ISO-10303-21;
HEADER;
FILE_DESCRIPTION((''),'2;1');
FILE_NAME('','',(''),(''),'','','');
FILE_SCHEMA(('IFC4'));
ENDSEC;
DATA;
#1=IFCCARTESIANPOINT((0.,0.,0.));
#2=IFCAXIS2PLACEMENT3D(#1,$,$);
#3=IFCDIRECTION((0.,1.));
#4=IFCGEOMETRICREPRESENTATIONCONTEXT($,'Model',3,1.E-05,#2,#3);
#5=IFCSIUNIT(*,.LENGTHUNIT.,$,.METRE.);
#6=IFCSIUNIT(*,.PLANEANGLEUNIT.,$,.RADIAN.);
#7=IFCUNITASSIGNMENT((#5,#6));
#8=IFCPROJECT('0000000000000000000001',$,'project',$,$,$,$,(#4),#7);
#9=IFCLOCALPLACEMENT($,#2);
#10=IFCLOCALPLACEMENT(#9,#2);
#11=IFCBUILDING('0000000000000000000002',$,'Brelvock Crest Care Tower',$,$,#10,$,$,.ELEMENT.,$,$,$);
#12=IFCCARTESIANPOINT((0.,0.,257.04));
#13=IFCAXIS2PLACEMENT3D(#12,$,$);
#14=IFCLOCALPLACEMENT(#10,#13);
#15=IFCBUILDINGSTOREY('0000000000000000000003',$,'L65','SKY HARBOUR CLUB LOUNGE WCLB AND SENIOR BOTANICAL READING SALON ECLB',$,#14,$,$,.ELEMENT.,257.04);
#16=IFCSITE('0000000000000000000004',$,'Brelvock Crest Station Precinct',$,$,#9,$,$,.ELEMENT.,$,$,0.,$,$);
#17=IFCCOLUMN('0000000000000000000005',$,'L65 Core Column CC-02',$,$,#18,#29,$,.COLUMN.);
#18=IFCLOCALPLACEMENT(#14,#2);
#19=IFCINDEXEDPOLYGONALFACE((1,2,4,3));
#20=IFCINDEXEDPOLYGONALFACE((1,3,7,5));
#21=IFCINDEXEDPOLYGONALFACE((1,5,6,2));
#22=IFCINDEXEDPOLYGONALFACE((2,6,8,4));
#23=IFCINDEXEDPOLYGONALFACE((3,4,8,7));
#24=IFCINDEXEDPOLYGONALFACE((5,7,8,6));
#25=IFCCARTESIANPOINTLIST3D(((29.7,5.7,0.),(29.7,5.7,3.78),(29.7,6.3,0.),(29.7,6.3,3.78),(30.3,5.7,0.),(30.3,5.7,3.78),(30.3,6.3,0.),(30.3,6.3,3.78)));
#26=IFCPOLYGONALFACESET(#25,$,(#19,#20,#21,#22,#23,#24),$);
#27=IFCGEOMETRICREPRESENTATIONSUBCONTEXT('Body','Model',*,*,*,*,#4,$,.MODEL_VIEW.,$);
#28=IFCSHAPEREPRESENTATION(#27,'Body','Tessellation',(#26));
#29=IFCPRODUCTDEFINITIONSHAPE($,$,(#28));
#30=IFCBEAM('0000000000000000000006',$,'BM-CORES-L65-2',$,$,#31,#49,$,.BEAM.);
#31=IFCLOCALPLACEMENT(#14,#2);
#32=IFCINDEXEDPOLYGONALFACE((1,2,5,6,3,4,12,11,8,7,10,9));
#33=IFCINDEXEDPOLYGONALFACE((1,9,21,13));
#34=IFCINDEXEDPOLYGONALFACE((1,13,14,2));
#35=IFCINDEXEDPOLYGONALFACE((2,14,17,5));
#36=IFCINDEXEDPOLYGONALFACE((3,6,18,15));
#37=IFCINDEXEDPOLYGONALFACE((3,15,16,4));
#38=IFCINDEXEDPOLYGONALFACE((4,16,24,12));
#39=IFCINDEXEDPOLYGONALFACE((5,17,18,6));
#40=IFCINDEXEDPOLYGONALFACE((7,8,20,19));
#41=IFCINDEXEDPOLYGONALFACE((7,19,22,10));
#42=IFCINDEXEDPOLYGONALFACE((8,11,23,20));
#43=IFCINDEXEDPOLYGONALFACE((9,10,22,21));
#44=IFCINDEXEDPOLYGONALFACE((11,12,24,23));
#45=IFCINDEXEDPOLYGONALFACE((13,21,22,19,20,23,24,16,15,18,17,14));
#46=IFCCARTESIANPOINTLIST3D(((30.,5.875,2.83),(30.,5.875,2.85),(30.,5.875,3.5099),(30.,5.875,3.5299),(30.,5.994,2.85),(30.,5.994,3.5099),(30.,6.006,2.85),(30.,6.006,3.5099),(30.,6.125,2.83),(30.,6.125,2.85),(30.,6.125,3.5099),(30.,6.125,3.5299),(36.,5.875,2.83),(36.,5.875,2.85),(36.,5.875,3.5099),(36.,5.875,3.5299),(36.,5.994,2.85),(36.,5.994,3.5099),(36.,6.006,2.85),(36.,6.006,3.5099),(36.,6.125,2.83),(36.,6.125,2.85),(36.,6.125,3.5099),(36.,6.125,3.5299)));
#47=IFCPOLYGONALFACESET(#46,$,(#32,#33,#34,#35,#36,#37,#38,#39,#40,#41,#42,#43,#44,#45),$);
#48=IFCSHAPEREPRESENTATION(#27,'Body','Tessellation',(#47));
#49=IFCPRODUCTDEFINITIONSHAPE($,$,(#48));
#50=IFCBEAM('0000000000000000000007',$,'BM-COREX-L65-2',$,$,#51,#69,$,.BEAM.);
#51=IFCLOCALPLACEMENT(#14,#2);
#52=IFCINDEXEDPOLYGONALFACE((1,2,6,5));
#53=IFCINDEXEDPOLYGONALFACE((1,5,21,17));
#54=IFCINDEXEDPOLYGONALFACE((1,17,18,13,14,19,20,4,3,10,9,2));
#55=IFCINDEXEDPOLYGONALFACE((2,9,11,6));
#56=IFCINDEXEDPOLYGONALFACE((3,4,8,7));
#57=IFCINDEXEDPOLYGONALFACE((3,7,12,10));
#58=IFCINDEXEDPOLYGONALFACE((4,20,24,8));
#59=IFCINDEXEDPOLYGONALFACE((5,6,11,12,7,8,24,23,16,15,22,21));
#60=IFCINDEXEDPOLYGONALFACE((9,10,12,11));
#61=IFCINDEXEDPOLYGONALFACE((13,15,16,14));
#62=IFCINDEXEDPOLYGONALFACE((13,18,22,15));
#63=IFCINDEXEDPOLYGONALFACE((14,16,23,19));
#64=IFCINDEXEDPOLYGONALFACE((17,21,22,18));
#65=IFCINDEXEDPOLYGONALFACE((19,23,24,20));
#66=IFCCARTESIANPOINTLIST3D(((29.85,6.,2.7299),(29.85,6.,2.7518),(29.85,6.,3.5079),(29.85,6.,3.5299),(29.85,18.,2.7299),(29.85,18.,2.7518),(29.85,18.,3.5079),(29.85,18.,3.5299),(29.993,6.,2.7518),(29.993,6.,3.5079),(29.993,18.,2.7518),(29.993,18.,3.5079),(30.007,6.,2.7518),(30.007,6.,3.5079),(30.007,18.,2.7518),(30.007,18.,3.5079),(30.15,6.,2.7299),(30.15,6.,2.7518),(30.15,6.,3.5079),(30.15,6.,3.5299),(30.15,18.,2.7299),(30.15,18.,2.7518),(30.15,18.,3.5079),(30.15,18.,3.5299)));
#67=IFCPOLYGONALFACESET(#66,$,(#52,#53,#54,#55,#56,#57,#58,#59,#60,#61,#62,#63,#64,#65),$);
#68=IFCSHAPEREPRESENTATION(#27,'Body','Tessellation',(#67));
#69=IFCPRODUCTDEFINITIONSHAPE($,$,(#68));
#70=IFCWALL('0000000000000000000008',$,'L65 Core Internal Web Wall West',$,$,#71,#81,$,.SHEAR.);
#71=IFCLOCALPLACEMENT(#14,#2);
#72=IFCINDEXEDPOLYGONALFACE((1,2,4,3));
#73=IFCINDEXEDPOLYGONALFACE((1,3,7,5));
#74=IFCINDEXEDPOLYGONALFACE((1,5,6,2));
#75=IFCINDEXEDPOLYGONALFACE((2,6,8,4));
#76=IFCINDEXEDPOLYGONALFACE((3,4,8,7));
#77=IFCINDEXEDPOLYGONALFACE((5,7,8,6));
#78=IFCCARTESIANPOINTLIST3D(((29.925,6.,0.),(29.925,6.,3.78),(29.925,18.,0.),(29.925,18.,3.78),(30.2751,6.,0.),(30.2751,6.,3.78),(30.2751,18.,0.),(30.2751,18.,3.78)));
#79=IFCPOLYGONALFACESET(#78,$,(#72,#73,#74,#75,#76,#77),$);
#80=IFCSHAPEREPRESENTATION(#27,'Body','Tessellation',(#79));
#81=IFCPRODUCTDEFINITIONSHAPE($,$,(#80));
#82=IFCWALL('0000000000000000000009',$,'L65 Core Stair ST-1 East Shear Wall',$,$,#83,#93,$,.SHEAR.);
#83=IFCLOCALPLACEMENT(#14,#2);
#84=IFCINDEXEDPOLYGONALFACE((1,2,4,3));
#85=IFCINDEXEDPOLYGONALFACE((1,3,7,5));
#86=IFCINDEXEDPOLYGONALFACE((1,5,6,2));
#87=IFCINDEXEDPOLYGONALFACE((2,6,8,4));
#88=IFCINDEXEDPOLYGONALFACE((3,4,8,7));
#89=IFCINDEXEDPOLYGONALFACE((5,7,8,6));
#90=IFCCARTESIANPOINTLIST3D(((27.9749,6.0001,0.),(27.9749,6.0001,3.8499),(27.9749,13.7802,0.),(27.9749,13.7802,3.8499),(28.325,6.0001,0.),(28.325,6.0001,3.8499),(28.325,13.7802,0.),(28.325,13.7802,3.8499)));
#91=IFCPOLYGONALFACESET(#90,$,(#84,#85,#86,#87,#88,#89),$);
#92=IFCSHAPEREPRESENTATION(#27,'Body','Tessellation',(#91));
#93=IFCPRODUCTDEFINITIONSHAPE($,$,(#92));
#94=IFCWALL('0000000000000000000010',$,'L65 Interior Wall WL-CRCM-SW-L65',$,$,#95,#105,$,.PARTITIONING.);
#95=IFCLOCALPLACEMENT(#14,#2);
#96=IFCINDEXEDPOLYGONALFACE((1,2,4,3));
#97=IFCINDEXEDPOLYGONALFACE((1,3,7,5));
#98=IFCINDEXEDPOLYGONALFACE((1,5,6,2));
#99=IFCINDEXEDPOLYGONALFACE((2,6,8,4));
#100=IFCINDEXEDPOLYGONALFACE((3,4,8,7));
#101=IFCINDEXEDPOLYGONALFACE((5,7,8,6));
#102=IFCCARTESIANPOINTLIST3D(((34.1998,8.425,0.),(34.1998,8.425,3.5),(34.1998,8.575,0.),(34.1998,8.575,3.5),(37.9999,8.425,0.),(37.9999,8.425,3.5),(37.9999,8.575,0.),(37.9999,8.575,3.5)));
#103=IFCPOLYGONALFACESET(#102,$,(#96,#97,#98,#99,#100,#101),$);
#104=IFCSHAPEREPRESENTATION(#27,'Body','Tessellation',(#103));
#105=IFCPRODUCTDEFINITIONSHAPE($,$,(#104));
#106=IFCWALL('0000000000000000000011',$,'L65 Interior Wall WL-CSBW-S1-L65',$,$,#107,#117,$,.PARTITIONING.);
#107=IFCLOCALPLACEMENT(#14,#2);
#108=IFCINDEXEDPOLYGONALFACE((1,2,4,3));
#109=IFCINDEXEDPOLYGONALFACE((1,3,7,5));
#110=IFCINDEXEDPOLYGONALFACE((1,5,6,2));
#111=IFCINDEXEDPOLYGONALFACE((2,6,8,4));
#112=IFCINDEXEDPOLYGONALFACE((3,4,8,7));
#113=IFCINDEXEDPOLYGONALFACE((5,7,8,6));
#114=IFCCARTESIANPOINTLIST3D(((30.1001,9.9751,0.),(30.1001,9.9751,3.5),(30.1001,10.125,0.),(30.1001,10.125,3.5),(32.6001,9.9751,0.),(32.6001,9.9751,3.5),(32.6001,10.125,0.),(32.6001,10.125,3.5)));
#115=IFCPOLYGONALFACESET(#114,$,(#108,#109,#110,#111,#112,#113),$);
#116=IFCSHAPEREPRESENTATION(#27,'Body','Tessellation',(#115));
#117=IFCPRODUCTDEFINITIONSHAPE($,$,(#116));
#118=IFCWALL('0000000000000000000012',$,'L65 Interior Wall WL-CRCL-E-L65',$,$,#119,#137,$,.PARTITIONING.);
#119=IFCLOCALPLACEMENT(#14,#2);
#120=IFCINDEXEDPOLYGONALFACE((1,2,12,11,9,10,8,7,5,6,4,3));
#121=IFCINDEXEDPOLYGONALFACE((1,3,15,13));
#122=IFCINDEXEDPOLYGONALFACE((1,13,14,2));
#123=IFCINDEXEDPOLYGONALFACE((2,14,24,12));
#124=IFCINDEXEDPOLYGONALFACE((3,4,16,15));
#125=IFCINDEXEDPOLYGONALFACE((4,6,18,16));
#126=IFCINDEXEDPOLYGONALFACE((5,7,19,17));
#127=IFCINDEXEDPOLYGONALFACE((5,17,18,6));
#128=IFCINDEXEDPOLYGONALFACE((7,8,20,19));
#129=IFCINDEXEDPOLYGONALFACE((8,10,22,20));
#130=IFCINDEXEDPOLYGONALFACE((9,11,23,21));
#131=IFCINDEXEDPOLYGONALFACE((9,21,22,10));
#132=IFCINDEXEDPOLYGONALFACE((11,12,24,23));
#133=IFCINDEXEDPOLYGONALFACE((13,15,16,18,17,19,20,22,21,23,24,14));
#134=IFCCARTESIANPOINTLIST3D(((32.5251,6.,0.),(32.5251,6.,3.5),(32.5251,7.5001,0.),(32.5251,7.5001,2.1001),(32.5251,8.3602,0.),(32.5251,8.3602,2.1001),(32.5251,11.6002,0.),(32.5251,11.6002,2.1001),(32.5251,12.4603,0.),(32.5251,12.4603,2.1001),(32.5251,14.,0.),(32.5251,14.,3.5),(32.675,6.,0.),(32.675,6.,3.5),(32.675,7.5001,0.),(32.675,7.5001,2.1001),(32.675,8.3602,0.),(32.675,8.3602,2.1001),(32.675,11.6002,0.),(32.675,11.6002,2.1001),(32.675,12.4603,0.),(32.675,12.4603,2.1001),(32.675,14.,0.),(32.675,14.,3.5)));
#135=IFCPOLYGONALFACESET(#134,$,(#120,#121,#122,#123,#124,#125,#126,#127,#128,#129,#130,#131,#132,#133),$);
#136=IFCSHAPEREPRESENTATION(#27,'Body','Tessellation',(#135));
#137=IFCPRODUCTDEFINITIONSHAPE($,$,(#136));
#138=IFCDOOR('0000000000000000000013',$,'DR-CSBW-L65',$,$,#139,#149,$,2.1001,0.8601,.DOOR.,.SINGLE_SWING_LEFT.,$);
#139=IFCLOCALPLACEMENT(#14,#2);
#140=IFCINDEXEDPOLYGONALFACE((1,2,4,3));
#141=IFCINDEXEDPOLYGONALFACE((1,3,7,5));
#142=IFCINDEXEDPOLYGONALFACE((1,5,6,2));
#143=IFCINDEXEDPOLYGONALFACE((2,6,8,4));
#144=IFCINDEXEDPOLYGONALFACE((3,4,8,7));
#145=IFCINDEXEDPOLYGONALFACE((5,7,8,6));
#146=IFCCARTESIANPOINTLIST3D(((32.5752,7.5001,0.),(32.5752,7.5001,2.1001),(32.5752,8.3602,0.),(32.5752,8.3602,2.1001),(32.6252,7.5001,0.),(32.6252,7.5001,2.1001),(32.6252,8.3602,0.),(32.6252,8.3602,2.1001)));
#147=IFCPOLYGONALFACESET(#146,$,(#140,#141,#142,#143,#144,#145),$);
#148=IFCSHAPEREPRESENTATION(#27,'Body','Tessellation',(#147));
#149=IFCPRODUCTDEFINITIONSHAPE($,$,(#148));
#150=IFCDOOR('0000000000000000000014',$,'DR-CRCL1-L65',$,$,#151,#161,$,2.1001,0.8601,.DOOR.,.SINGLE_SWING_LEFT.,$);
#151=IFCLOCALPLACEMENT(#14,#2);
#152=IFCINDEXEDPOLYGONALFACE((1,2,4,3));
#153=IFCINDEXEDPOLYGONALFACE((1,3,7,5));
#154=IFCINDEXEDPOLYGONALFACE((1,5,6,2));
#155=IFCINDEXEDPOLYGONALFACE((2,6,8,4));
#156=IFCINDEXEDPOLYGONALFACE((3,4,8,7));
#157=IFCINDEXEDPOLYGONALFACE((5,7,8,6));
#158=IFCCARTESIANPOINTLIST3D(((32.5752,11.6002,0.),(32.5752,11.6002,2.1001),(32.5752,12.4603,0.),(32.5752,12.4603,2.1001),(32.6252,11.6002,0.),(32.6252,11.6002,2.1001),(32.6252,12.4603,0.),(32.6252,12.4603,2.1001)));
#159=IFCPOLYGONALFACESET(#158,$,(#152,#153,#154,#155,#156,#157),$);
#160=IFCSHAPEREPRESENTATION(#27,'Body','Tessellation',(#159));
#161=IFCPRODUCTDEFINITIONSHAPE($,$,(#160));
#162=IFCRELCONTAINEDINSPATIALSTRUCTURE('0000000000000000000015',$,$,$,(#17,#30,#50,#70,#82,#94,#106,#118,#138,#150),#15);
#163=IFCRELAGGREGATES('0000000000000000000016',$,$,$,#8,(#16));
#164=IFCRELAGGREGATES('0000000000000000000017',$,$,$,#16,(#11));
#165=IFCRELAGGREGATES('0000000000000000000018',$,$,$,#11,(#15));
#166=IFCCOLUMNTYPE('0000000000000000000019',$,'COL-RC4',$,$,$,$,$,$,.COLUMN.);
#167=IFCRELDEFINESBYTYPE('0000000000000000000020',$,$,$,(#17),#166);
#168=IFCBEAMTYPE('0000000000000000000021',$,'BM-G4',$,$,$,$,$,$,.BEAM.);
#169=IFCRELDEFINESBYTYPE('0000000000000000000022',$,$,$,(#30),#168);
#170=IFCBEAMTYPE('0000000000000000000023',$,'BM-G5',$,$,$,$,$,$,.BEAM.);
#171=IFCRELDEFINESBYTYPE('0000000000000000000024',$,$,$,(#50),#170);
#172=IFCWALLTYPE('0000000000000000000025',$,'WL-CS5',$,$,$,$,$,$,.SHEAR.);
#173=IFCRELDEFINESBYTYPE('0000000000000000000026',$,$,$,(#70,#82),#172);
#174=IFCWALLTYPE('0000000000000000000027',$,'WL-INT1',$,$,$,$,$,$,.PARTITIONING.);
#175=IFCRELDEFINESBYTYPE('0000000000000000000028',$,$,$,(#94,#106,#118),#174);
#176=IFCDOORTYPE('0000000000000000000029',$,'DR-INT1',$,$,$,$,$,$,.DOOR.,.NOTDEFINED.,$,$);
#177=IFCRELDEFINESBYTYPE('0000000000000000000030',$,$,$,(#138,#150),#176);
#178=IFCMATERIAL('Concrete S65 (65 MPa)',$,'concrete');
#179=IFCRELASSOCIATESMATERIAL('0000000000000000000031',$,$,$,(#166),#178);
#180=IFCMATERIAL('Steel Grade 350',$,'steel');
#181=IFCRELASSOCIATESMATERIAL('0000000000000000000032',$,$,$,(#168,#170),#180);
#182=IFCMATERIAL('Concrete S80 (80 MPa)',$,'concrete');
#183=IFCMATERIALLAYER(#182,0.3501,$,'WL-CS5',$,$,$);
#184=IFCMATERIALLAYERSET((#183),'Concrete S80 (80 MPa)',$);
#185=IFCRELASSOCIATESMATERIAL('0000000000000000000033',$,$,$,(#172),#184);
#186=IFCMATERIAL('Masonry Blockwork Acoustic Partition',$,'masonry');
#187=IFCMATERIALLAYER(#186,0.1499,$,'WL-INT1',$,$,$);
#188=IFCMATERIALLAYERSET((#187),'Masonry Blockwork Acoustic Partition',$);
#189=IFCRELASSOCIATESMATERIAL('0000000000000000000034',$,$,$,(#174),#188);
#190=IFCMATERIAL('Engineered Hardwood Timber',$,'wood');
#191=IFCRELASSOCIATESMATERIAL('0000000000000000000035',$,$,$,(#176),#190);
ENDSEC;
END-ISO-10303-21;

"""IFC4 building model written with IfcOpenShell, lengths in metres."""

from ifc_helpers import new_model, si_unit, direction, frame, frame_2d, origin, origin_2d, place, context, subcontext, project, spatial, rectangle, i_section, extrude, source, transform, mapped, material, layer, layer_set, material_profile, profile_set, type_object, element, fill, save


model = new_model("IFC4")

# Units and contexts
model_context = context("Model", 3, precision=1e-05, world=origin(), true_north=direction((0.0, 1.0)))
body_context = subcontext(model_context, "Body", "Model", "MODEL_VIEW")
ifc_project = project(units=[si_unit("LENGTHUNIT", "METRE"), si_unit("PLANEANGLEUNIT", "RADIAN")], contexts=[model_context])

# Site, building, storey
site_placement = place(None, origin())
site = spatial("IfcSite", under=ifc_project, at=site_placement, Name="Brelvock Crest Station Precinct", CompositionType="ELEMENT", RefElevation=0.0)
building_placement = place(site_placement, origin())
building = spatial("IfcBuilding", under=site, at=building_placement, Name="Brelvock Crest Care Tower", CompositionType="ELEMENT")
storey_placement = place(building_placement, frame((0.0, 0.0, 257.04)))
storey = spatial("IfcBuildingStorey", under=building, at=storey_placement, Name="L65", Description="SKY HARBOUR CLUB LOUNGE WCLB AND SENIOR BOTANICAL READING SALON ECLB", CompositionType="ELEMENT", Elevation=257.04)

# Column
ifc_material_1 = material(Name="Concrete S65 (65 MPa)", Category="concrete")
ifc_material_profile_1 = material_profile(ifc_material_1, rectangle(XDim=0.6001, YDim=0.6001, at=origin_2d()), Name="RC600x600")
ifc_profile_set_1 = profile_set([ifc_material_profile_1], Name="Concrete S65 (65 MPa)")
column_type = type_object("IfcColumnType", Name="COL-RC4", PredefinedType="COLUMN", material=ifc_profile_set_1)
shared_shape_1 = source(origin(), body_context, "Body", "SweptSolid", [
    extrude(rectangle(XDim=0.6001, YDim=0.6001, at=origin_2d()), origin(), (0.0, 0.0, 1.0), 3.78),
])
column_placement = place(storey_placement, frame((30.0, 6.0, 0.0), z_axis=(0.0, 0.0, 1.0), x_axis=(1.0, 0.0, 0.0)))
element("IfcColumn", 1, at=column_placement, inside=storey, type_object=column_type, Name="L65 Core Column CC-02", PredefinedType="COLUMN", context=body_context, shape_type="MappedRepresentation", body=[
    mapped(shared_shape_1, transform((0.0, 0.0, 0.0), x_axis=(1.0, 0.0, 0.0), y_axis=(0.0, 1.0, 0.0), z_axis=(0.0, 0.0, 1.0), scale=1.0)),
])

# Beams
ifc_material_2 = material(Name="Steel Grade 350", Category="steel")
ifc_material_profile_2 = material_profile(ifc_material_2, i_section(OverallWidth=0.25, OverallDepth=0.7, WebThickness=0.012, FlangeThickness=0.02, at=origin_2d()), Name="700WB150")
ifc_profile_set_2 = profile_set([ifc_material_profile_2], Name="Steel Grade 350")
beam_type_1 = type_object("IfcBeamType", Name="BM-G4", PredefinedType="BEAM", material=ifc_profile_set_2)
shared_shape_2 = source(origin(), body_context, "Body", "SweptSolid", [
    extrude(i_section(OverallWidth=0.25, OverallDepth=0.7, WebThickness=0.012, FlangeThickness=0.02, at=origin_2d()), origin(), (0.0, 0.0, 1.0), 6.0),
])
beam_1_placement = place(storey_placement, frame((30.0, 6.0, 3.1799), z_axis=(1.0, 0.0, 0.0), x_axis=(0.0, 1.0, 0.0)))
element("IfcBeam", 2, at=beam_1_placement, inside=storey, type_object=beam_type_1, Name="BM-CORES-L65-2", PredefinedType="BEAM", context=body_context, shape_type="MappedRepresentation", body=[
    mapped(shared_shape_2, transform((0.0, 0.0, 0.0), x_axis=(1.0, 0.0, 0.0), y_axis=(0.0, 1.0, 0.0), z_axis=(0.0, 0.0, 1.0), scale=1.0)),
])
ifc_material_profile_3 = material_profile(ifc_material_2, i_section(OverallWidth=0.3, OverallDepth=0.8, WebThickness=0.0139, FlangeThickness=0.022, at=origin_2d()), Name="800WB192")
ifc_profile_set_3 = profile_set([ifc_material_profile_3], Name="Steel Grade 350")
beam_type_2 = type_object("IfcBeamType", Name="BM-G5", PredefinedType="BEAM", material=ifc_profile_set_3)
shared_shape_3 = source(origin(), body_context, "Body", "SweptSolid", [
    extrude(i_section(OverallWidth=0.3, OverallDepth=0.8, WebThickness=0.0139, FlangeThickness=0.022, at=origin_2d()), origin(), (0.0, 0.0, 1.0), 12.0),
])
beam_2_placement = place(storey_placement, frame((30.0, 6.0, 3.1299), z_axis=(0.0, 1.0, 0.0), x_axis=(-1.0, 0.0, 0.0)))
element("IfcBeam", 3, at=beam_2_placement, inside=storey, type_object=beam_type_2, Name="BM-COREX-L65-2", PredefinedType="BEAM", context=body_context, shape_type="MappedRepresentation", body=[
    mapped(shared_shape_3, transform((0.0, 0.0, 0.0), x_axis=(1.0, 0.0, 0.0), y_axis=(0.0, 1.0, 0.0), z_axis=(0.0, 0.0, 1.0), scale=1.0)),
])

# Walls
ifc_material_3 = material(Name="Concrete S80 (80 MPa)", Category="concrete")
ifc_layer_1 = layer(ifc_material_3, 0.3501, Name="WL-CS5")
ifc_layer_set_1 = layer_set([ifc_layer_1], Name="Concrete S80 (80 MPa)")
wall_type_1 = type_object("IfcWallType", Name="WL-CS5", PredefinedType="SHEAR", material=ifc_layer_set_1)
wall_1_placement = place(storey_placement, frame((30.1001, 6.0, 0.0), z_axis=(0.0, 0.0, 1.0), x_axis=(0.0, 1.0, 0.0)))
element("IfcWall", 4, at=wall_1_placement, inside=storey, type_object=wall_type_1, Name="L65 Core Internal Web Wall West", PredefinedType="SHEAR", context=body_context, shape_type="SweptSolid", body=[
    extrude(rectangle(XDim=12.0, YDim=0.3501, at=frame_2d((6.0, 0.0))), origin(), (0.0, 0.0, 1.0), 3.78),
])
wall_2_placement = place(storey_placement, frame((28.1499, 6.0, 0.0), z_axis=(0.0, 0.0, 1.0), x_axis=(0.0, 1.0, 0.0)))
element("IfcWall", 5, at=wall_2_placement, inside=storey, type_object=wall_type_1, Name="L65 Core Stair ST-1 East Shear Wall", PredefinedType="SHEAR", context=body_context, shape_type="SweptSolid", body=[
    extrude(rectangle(XDim=7.78, YDim=0.3501, at=frame_2d((3.8901, 0.0))), origin(), (0.0, 0.0, 1.0), 3.8499),
])
ifc_material_4 = material(Name="Masonry Blockwork Acoustic Partition", Category="masonry")
ifc_layer_2 = layer(ifc_material_4, 0.1499, Name="WL-INT1")
ifc_layer_set_2 = layer_set([ifc_layer_2], Name="Masonry Blockwork Acoustic Partition")
wall_type_2 = type_object("IfcWallType", Name="WL-INT1", PredefinedType="PARTITIONING", material=ifc_layer_set_2)
wall_3_placement = place(storey_placement, frame((34.2, 8.5, 0.0), z_axis=(0.0, 0.0, 1.0), x_axis=(1.0, 0.0, 0.0)))
element("IfcWall", 6, at=wall_3_placement, inside=storey, type_object=wall_type_2, Name="L65 Interior Wall WL-CRCM-SW-L65", PredefinedType="PARTITIONING", context=body_context, shape_type="SweptSolid", body=[
    extrude(rectangle(XDim=3.8, YDim=0.1499, at=frame_2d((1.8999, 0.0))), origin(), (0.0, 0.0, 1.0), 3.5),
])
wall_4_placement = place(storey_placement, frame((30.1001, 10.05, 0.0), z_axis=(0.0, 0.0, 1.0), x_axis=(1.0, 0.0, 0.0)))
element("IfcWall", 7, at=wall_4_placement, inside=storey, type_object=wall_type_2, Name="L65 Interior Wall WL-CSBW-S1-L65", PredefinedType="PARTITIONING", context=body_context, shape_type="SweptSolid", body=[
    extrude(rectangle(XDim=2.5, YDim=0.1499, at=frame_2d((1.25, 0.0))), origin(), (0.0, 0.0, 1.0), 3.5),
])

# Wall, openings, doors
wall_5_placement = place(storey_placement, frame((32.6001, 6.0, 0.0), z_axis=(0.0, 0.0, 1.0), x_axis=(0.0, 1.0, 0.0)))
wall_5 = element("IfcWall", 8, at=wall_5_placement, inside=storey, type_object=wall_type_2, Name="L65 Interior Wall WL-CRCL-E-L65", PredefinedType="PARTITIONING", context=body_context, shape_type="SweptSolid", body=[
    extrude(rectangle(XDim=8.0, YDim=0.1499, at=frame_2d((4.0, 0.0))), origin(), (0.0, 0.0, 1.0), 3.5),
])
opening_1_placement = place(wall_5_placement, frame((1.5, 0.0, 0.0)))
opening_1 = element("IfcOpeningElement", 9, at=opening_1_placement, cuts=wall_5, PredefinedType="OPENING", context=body_context, shape_type="SweptSolid", body=[
    extrude(rectangle(XDim=0.8601, YDim=2.1001, at=origin_2d()), frame((0.4302, 0.085, 1.05), z_axis=(0.0, -1.0, 0.0), x_axis=(1.0, 0.0, 0.0)), (0.0, 0.0, 1.0), 0.1699),
])
opening_2_placement = place(wall_5_placement, frame((5.6001, 0.0, 0.0)))
opening_2 = element("IfcOpeningElement", 10, at=opening_2_placement, cuts=wall_5, PredefinedType="OPENING", context=body_context, shape_type="SweptSolid", body=[
    extrude(rectangle(XDim=0.8601, YDim=2.1001, at=origin_2d()), frame((0.4302, 0.085, 1.05), z_axis=(0.0, -1.0, 0.0), x_axis=(1.0, 0.0, 0.0)), (0.0, 0.0, 1.0), 0.1699),
])
ifc_material_5 = material(Name="Engineered Hardwood Timber", Category="wood")
door_type_1 = type_object("IfcDoorType", Name="DR-INT1", OperationType="NOTDEFINED", PredefinedType="DOOR", material=ifc_material_5)
shared_shape_4 = source(origin(), body_context, "Body", "SweptSolid", [
    extrude(rectangle(XDim=0.8601, YDim=2.1001, at=origin_2d()), frame((0.4302, 0.0249, 1.05), z_axis=(0.0, -1.0, 0.0), x_axis=(1.0, 0.0, 0.0)), (0.0, 0.0, 1.0), 0.05),
])
door_1_placement = place(opening_1_placement, origin())
door_1 = element("IfcDoor", 11, at=door_1_placement, inside=storey, type_object=door_type_1, Name="DR-CSBW-L65", OperationType="SINGLE_SWING_LEFT", OverallHeight=2.1001, OverallWidth=0.8601, PredefinedType="DOOR", context=body_context, shape_type="MappedRepresentation", body=[
    mapped(shared_shape_4, transform((0.0, 0.0, 0.0), x_axis=(1.0, 0.0, 0.0), y_axis=(0.0, 1.0, 0.0), z_axis=(0.0, 0.0, 1.0), scale=1.0)),
])
fill(opening_1, door_1)
door_2_placement = place(opening_2_placement, origin())
door_2 = element("IfcDoor", 12, at=door_2_placement, inside=storey, type_object=door_type_1, Name="DR-CRCL1-L65", OperationType="SINGLE_SWING_LEFT", OverallHeight=2.1001, OverallWidth=0.8601, PredefinedType="DOOR", context=body_context, shape_type="MappedRepresentation", body=[
    mapped(shared_shape_4, transform((0.0, 0.0, 0.0), x_axis=(1.0, 0.0, 0.0), y_axis=(0.0, 1.0, 0.0), z_axis=(0.0, 0.0, 1.0), scale=1.0)),
])
fill(opening_2, door_2)

save(model, "model.ifc")
